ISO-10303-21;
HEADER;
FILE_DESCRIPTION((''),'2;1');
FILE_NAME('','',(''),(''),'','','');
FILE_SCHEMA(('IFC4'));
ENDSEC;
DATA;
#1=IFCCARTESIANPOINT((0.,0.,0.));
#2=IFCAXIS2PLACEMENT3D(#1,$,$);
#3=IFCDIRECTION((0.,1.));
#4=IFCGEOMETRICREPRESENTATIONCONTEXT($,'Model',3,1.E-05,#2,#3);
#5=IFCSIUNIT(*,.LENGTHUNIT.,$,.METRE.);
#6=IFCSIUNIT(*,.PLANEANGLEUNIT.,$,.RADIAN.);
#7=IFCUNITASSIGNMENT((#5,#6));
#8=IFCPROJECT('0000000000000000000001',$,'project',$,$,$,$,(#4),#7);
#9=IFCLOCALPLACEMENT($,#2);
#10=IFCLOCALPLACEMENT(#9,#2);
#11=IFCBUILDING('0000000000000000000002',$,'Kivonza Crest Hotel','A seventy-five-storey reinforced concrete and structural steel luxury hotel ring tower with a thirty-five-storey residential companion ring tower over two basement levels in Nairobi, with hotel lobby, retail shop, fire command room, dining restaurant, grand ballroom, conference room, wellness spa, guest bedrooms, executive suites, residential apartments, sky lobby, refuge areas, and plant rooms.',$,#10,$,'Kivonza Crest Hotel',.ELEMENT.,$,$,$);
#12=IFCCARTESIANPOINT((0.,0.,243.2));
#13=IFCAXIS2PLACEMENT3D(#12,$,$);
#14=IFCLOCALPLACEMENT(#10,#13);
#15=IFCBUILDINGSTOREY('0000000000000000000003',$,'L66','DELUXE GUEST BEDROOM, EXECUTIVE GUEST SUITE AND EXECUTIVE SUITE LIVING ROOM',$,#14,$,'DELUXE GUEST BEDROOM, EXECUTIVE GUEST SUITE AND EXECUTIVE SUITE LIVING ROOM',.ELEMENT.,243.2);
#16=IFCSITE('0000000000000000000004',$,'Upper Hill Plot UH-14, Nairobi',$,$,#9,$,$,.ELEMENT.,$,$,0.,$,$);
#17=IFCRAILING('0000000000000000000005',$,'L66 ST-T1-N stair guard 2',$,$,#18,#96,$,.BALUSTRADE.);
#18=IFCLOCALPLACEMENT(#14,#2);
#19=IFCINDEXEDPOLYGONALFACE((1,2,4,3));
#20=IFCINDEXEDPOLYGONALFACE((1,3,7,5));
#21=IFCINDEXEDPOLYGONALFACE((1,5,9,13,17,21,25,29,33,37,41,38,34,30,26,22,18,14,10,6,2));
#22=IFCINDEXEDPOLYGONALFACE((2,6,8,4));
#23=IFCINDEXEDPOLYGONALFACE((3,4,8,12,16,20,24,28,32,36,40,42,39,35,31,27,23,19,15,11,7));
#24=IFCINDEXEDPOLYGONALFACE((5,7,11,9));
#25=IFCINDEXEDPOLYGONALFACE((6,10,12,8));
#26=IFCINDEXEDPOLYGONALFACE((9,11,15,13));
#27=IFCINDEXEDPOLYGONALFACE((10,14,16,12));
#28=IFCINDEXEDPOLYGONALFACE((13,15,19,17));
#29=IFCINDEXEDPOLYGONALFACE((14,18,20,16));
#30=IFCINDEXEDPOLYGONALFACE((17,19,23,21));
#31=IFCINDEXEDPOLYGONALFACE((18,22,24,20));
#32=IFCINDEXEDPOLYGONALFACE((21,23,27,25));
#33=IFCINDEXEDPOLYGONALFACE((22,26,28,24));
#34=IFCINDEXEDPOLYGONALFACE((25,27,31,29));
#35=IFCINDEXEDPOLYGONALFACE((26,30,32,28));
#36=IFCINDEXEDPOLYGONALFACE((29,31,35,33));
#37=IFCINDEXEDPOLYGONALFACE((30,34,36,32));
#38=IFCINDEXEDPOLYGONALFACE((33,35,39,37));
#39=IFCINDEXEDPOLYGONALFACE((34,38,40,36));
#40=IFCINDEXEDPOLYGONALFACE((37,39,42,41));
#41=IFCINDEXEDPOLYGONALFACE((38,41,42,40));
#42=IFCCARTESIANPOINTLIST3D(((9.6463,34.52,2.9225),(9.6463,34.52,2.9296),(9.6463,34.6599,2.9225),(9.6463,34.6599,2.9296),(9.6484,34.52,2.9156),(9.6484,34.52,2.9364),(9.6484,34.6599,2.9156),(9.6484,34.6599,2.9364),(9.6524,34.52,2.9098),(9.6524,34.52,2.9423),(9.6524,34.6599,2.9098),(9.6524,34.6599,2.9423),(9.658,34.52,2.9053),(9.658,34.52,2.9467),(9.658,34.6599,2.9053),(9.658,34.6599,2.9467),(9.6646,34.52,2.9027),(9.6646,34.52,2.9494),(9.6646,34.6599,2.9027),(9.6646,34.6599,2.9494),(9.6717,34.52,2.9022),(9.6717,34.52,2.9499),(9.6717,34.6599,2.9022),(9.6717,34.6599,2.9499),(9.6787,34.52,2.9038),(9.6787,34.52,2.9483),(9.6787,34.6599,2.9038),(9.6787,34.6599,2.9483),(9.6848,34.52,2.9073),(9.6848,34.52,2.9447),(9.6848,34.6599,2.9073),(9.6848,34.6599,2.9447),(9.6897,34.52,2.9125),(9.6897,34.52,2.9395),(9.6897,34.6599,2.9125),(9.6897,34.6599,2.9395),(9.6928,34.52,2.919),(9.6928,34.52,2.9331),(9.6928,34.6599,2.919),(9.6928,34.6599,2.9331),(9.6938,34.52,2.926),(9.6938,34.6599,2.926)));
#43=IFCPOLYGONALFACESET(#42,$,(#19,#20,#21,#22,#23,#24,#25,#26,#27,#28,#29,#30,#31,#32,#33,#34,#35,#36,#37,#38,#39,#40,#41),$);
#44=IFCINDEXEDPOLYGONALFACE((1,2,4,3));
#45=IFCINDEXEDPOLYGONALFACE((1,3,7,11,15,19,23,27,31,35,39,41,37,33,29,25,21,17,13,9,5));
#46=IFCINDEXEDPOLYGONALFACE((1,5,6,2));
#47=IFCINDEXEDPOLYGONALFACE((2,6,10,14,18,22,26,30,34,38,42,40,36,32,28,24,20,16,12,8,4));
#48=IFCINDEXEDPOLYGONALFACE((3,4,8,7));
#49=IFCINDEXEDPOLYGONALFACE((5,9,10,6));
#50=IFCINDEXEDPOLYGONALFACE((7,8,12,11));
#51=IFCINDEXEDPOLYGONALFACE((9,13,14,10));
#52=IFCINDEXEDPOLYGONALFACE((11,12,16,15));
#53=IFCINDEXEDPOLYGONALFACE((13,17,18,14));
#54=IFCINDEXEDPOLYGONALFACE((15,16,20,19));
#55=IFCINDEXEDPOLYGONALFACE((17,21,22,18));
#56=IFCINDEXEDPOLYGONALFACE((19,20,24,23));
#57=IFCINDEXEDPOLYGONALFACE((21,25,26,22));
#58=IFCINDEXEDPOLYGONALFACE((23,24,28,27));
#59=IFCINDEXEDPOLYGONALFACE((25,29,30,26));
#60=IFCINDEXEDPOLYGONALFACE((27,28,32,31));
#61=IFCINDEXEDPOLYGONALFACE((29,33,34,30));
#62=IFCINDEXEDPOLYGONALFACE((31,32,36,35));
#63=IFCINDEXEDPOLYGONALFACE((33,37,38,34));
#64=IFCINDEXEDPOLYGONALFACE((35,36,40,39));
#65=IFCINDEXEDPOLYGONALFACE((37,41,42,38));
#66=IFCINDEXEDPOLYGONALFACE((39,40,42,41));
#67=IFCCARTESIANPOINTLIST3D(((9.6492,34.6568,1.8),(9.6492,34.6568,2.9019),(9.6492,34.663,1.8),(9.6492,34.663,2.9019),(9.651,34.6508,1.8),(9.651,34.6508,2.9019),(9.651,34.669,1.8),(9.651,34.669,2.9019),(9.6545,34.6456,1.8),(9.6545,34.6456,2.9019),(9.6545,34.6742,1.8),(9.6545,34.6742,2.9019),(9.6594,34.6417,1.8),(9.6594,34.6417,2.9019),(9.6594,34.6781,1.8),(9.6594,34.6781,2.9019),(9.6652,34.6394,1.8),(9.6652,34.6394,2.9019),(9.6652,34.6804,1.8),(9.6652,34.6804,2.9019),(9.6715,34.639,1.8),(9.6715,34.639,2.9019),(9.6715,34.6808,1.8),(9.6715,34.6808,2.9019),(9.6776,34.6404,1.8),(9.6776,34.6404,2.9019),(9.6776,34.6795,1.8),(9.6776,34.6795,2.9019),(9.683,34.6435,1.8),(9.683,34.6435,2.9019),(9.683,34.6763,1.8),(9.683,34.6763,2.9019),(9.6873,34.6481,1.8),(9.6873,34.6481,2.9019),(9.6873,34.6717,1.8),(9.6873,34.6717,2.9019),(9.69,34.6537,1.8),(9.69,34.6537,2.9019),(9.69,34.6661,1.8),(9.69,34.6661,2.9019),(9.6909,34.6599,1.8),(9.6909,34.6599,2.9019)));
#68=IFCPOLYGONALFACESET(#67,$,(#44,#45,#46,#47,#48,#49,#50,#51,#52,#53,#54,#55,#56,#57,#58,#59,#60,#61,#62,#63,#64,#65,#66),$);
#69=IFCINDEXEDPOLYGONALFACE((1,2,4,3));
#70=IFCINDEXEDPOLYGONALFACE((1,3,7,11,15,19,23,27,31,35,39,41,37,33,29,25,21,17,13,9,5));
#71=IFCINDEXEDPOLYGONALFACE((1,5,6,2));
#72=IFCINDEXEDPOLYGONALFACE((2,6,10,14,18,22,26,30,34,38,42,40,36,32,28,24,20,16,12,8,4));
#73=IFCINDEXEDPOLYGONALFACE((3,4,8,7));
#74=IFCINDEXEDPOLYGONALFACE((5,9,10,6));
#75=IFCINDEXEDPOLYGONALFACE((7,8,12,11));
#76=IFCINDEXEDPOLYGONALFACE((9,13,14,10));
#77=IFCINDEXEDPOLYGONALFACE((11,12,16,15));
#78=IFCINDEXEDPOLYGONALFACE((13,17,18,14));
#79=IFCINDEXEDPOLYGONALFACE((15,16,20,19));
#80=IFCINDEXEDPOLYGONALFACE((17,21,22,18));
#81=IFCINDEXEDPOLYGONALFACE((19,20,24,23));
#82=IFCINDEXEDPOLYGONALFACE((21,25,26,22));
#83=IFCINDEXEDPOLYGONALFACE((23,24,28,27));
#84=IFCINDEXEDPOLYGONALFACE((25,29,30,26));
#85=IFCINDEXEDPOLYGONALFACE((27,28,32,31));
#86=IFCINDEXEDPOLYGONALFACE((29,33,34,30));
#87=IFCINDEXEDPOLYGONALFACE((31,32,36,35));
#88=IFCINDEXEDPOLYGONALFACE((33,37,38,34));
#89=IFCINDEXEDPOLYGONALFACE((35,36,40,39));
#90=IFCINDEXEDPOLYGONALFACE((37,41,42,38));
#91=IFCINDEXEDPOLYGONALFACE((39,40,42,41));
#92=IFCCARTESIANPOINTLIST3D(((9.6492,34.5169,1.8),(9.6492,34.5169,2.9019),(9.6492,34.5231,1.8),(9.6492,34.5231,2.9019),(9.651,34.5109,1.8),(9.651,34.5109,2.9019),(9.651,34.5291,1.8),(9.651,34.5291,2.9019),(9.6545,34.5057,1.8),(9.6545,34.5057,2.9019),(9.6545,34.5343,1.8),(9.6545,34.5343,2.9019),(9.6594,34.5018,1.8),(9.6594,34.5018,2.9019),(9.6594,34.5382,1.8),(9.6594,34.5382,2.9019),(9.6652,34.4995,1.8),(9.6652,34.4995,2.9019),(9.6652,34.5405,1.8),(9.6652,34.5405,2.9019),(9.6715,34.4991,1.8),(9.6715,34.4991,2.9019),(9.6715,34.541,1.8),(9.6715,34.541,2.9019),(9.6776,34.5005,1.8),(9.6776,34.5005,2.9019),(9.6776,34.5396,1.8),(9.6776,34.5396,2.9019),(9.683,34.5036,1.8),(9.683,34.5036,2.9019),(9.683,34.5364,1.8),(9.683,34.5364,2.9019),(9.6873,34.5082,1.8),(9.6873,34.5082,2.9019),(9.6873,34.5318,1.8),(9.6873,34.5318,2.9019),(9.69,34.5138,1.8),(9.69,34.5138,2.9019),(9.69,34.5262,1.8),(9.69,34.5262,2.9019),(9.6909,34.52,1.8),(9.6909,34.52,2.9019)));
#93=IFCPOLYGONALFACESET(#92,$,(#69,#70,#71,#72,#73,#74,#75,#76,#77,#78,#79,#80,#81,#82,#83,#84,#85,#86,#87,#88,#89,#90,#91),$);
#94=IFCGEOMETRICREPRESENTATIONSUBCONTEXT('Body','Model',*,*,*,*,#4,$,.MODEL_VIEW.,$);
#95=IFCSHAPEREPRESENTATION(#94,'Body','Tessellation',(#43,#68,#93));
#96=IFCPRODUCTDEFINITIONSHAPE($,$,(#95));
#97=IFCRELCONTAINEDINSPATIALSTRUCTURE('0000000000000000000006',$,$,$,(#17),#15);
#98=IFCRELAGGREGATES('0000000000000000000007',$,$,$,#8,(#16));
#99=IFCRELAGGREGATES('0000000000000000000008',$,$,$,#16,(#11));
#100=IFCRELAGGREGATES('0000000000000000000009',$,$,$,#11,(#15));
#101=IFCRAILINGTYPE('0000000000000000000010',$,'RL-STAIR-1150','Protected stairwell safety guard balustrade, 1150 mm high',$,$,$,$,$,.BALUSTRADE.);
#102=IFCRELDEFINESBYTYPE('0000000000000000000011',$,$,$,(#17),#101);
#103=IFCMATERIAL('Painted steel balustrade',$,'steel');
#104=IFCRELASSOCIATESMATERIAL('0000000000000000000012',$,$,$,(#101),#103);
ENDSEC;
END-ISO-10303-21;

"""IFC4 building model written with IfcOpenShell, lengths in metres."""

from ifc_helpers import new_model, si_unit, direction, frame, origin, origin_2d, place, context, subcontext, project, spatial, circle, extrude, material, type_object, element, save


model = new_model("IFC4")

# Units and contexts
model_context = context("Model", 3, precision=1e-05, world=origin(), true_north=direction((0.0, 1.0)))
body_context = subcontext(model_context, "Body", "Model", "MODEL_VIEW")
ifc_project = project(units=[si_unit("LENGTHUNIT", "METRE"), si_unit("PLANEANGLEUNIT", "RADIAN")], contexts=[model_context])

# Site, building, storey
site_placement = place(None, origin())
site = spatial("IfcSite", under=ifc_project, at=site_placement, Name="Upper Hill Plot UH-14, Nairobi", CompositionType="ELEMENT", RefElevation=0.0)
building_placement = place(site_placement, origin())
building = spatial("IfcBuilding", under=site, at=building_placement, Name="Kivonza Crest Hotel", Description="A seventy-five-storey reinforced concrete and structural steel luxury hotel ring tower with a thirty-five-storey residential companion ring tower over two basement levels in Nairobi, with hotel lobby, retail shop, fire command room, dining restaurant, grand ballroom, conference room, wellness spa, guest bedrooms, executive suites, residential apartments, sky lobby, refuge areas, and plant rooms.", LongName="Kivonza Crest Hotel", CompositionType="ELEMENT")
storey_placement = place(building_placement, frame((0.0, 0.0, 243.2)))
storey = spatial("IfcBuildingStorey", under=building, at=storey_placement, Name="L66", Description="DELUXE GUEST BEDROOM, EXECUTIVE GUEST SUITE AND EXECUTIVE SUITE LIVING ROOM", LongName="DELUXE GUEST BEDROOM, EXECUTIVE GUEST SUITE AND EXECUTIVE SUITE LIVING ROOM", CompositionType="ELEMENT", Elevation=243.2)

# Railing
ifc_material_1 = material(Name="Painted steel balustrade", Category="steel")
railing_type_1 = type_object("IfcRailingType", Name="RL-STAIR-1150", Description="Protected stairwell safety guard balustrade, 1150 mm high", PredefinedType="BALUSTRADE", material=ifc_material_1)
railing_1_placement = place(storey_placement, frame((9.6699, 34.6599, 1.8)))
element("IfcRailing", 1, at=railing_1_placement, inside=storey, type_object=railing_type_1, Name="L66 ST-T1-N stair guard 2", PredefinedType="BALUSTRADE", context=body_context, shape_type="SweptSolid", body=[
    extrude(circle(Radius=0.0239, at=origin_2d()), frame((0.0, 0.0, 1.126), z_axis=(0.0, -1.0, 0.0), x_axis=(1.0, 0.0, 0.0)), (0.0, 0.0, 1.0), 0.1399),
    extrude(circle(Radius=0.021, at=origin_2d()), origin(), (0.0, 0.0, 1.0), 1.1018),
    extrude(circle(Radius=0.021, at=origin_2d()), frame((0.0, -0.1399, 0.0)), (0.0, 0.0, 1.0), 1.1018),
])

save(model, "model.ifc")
